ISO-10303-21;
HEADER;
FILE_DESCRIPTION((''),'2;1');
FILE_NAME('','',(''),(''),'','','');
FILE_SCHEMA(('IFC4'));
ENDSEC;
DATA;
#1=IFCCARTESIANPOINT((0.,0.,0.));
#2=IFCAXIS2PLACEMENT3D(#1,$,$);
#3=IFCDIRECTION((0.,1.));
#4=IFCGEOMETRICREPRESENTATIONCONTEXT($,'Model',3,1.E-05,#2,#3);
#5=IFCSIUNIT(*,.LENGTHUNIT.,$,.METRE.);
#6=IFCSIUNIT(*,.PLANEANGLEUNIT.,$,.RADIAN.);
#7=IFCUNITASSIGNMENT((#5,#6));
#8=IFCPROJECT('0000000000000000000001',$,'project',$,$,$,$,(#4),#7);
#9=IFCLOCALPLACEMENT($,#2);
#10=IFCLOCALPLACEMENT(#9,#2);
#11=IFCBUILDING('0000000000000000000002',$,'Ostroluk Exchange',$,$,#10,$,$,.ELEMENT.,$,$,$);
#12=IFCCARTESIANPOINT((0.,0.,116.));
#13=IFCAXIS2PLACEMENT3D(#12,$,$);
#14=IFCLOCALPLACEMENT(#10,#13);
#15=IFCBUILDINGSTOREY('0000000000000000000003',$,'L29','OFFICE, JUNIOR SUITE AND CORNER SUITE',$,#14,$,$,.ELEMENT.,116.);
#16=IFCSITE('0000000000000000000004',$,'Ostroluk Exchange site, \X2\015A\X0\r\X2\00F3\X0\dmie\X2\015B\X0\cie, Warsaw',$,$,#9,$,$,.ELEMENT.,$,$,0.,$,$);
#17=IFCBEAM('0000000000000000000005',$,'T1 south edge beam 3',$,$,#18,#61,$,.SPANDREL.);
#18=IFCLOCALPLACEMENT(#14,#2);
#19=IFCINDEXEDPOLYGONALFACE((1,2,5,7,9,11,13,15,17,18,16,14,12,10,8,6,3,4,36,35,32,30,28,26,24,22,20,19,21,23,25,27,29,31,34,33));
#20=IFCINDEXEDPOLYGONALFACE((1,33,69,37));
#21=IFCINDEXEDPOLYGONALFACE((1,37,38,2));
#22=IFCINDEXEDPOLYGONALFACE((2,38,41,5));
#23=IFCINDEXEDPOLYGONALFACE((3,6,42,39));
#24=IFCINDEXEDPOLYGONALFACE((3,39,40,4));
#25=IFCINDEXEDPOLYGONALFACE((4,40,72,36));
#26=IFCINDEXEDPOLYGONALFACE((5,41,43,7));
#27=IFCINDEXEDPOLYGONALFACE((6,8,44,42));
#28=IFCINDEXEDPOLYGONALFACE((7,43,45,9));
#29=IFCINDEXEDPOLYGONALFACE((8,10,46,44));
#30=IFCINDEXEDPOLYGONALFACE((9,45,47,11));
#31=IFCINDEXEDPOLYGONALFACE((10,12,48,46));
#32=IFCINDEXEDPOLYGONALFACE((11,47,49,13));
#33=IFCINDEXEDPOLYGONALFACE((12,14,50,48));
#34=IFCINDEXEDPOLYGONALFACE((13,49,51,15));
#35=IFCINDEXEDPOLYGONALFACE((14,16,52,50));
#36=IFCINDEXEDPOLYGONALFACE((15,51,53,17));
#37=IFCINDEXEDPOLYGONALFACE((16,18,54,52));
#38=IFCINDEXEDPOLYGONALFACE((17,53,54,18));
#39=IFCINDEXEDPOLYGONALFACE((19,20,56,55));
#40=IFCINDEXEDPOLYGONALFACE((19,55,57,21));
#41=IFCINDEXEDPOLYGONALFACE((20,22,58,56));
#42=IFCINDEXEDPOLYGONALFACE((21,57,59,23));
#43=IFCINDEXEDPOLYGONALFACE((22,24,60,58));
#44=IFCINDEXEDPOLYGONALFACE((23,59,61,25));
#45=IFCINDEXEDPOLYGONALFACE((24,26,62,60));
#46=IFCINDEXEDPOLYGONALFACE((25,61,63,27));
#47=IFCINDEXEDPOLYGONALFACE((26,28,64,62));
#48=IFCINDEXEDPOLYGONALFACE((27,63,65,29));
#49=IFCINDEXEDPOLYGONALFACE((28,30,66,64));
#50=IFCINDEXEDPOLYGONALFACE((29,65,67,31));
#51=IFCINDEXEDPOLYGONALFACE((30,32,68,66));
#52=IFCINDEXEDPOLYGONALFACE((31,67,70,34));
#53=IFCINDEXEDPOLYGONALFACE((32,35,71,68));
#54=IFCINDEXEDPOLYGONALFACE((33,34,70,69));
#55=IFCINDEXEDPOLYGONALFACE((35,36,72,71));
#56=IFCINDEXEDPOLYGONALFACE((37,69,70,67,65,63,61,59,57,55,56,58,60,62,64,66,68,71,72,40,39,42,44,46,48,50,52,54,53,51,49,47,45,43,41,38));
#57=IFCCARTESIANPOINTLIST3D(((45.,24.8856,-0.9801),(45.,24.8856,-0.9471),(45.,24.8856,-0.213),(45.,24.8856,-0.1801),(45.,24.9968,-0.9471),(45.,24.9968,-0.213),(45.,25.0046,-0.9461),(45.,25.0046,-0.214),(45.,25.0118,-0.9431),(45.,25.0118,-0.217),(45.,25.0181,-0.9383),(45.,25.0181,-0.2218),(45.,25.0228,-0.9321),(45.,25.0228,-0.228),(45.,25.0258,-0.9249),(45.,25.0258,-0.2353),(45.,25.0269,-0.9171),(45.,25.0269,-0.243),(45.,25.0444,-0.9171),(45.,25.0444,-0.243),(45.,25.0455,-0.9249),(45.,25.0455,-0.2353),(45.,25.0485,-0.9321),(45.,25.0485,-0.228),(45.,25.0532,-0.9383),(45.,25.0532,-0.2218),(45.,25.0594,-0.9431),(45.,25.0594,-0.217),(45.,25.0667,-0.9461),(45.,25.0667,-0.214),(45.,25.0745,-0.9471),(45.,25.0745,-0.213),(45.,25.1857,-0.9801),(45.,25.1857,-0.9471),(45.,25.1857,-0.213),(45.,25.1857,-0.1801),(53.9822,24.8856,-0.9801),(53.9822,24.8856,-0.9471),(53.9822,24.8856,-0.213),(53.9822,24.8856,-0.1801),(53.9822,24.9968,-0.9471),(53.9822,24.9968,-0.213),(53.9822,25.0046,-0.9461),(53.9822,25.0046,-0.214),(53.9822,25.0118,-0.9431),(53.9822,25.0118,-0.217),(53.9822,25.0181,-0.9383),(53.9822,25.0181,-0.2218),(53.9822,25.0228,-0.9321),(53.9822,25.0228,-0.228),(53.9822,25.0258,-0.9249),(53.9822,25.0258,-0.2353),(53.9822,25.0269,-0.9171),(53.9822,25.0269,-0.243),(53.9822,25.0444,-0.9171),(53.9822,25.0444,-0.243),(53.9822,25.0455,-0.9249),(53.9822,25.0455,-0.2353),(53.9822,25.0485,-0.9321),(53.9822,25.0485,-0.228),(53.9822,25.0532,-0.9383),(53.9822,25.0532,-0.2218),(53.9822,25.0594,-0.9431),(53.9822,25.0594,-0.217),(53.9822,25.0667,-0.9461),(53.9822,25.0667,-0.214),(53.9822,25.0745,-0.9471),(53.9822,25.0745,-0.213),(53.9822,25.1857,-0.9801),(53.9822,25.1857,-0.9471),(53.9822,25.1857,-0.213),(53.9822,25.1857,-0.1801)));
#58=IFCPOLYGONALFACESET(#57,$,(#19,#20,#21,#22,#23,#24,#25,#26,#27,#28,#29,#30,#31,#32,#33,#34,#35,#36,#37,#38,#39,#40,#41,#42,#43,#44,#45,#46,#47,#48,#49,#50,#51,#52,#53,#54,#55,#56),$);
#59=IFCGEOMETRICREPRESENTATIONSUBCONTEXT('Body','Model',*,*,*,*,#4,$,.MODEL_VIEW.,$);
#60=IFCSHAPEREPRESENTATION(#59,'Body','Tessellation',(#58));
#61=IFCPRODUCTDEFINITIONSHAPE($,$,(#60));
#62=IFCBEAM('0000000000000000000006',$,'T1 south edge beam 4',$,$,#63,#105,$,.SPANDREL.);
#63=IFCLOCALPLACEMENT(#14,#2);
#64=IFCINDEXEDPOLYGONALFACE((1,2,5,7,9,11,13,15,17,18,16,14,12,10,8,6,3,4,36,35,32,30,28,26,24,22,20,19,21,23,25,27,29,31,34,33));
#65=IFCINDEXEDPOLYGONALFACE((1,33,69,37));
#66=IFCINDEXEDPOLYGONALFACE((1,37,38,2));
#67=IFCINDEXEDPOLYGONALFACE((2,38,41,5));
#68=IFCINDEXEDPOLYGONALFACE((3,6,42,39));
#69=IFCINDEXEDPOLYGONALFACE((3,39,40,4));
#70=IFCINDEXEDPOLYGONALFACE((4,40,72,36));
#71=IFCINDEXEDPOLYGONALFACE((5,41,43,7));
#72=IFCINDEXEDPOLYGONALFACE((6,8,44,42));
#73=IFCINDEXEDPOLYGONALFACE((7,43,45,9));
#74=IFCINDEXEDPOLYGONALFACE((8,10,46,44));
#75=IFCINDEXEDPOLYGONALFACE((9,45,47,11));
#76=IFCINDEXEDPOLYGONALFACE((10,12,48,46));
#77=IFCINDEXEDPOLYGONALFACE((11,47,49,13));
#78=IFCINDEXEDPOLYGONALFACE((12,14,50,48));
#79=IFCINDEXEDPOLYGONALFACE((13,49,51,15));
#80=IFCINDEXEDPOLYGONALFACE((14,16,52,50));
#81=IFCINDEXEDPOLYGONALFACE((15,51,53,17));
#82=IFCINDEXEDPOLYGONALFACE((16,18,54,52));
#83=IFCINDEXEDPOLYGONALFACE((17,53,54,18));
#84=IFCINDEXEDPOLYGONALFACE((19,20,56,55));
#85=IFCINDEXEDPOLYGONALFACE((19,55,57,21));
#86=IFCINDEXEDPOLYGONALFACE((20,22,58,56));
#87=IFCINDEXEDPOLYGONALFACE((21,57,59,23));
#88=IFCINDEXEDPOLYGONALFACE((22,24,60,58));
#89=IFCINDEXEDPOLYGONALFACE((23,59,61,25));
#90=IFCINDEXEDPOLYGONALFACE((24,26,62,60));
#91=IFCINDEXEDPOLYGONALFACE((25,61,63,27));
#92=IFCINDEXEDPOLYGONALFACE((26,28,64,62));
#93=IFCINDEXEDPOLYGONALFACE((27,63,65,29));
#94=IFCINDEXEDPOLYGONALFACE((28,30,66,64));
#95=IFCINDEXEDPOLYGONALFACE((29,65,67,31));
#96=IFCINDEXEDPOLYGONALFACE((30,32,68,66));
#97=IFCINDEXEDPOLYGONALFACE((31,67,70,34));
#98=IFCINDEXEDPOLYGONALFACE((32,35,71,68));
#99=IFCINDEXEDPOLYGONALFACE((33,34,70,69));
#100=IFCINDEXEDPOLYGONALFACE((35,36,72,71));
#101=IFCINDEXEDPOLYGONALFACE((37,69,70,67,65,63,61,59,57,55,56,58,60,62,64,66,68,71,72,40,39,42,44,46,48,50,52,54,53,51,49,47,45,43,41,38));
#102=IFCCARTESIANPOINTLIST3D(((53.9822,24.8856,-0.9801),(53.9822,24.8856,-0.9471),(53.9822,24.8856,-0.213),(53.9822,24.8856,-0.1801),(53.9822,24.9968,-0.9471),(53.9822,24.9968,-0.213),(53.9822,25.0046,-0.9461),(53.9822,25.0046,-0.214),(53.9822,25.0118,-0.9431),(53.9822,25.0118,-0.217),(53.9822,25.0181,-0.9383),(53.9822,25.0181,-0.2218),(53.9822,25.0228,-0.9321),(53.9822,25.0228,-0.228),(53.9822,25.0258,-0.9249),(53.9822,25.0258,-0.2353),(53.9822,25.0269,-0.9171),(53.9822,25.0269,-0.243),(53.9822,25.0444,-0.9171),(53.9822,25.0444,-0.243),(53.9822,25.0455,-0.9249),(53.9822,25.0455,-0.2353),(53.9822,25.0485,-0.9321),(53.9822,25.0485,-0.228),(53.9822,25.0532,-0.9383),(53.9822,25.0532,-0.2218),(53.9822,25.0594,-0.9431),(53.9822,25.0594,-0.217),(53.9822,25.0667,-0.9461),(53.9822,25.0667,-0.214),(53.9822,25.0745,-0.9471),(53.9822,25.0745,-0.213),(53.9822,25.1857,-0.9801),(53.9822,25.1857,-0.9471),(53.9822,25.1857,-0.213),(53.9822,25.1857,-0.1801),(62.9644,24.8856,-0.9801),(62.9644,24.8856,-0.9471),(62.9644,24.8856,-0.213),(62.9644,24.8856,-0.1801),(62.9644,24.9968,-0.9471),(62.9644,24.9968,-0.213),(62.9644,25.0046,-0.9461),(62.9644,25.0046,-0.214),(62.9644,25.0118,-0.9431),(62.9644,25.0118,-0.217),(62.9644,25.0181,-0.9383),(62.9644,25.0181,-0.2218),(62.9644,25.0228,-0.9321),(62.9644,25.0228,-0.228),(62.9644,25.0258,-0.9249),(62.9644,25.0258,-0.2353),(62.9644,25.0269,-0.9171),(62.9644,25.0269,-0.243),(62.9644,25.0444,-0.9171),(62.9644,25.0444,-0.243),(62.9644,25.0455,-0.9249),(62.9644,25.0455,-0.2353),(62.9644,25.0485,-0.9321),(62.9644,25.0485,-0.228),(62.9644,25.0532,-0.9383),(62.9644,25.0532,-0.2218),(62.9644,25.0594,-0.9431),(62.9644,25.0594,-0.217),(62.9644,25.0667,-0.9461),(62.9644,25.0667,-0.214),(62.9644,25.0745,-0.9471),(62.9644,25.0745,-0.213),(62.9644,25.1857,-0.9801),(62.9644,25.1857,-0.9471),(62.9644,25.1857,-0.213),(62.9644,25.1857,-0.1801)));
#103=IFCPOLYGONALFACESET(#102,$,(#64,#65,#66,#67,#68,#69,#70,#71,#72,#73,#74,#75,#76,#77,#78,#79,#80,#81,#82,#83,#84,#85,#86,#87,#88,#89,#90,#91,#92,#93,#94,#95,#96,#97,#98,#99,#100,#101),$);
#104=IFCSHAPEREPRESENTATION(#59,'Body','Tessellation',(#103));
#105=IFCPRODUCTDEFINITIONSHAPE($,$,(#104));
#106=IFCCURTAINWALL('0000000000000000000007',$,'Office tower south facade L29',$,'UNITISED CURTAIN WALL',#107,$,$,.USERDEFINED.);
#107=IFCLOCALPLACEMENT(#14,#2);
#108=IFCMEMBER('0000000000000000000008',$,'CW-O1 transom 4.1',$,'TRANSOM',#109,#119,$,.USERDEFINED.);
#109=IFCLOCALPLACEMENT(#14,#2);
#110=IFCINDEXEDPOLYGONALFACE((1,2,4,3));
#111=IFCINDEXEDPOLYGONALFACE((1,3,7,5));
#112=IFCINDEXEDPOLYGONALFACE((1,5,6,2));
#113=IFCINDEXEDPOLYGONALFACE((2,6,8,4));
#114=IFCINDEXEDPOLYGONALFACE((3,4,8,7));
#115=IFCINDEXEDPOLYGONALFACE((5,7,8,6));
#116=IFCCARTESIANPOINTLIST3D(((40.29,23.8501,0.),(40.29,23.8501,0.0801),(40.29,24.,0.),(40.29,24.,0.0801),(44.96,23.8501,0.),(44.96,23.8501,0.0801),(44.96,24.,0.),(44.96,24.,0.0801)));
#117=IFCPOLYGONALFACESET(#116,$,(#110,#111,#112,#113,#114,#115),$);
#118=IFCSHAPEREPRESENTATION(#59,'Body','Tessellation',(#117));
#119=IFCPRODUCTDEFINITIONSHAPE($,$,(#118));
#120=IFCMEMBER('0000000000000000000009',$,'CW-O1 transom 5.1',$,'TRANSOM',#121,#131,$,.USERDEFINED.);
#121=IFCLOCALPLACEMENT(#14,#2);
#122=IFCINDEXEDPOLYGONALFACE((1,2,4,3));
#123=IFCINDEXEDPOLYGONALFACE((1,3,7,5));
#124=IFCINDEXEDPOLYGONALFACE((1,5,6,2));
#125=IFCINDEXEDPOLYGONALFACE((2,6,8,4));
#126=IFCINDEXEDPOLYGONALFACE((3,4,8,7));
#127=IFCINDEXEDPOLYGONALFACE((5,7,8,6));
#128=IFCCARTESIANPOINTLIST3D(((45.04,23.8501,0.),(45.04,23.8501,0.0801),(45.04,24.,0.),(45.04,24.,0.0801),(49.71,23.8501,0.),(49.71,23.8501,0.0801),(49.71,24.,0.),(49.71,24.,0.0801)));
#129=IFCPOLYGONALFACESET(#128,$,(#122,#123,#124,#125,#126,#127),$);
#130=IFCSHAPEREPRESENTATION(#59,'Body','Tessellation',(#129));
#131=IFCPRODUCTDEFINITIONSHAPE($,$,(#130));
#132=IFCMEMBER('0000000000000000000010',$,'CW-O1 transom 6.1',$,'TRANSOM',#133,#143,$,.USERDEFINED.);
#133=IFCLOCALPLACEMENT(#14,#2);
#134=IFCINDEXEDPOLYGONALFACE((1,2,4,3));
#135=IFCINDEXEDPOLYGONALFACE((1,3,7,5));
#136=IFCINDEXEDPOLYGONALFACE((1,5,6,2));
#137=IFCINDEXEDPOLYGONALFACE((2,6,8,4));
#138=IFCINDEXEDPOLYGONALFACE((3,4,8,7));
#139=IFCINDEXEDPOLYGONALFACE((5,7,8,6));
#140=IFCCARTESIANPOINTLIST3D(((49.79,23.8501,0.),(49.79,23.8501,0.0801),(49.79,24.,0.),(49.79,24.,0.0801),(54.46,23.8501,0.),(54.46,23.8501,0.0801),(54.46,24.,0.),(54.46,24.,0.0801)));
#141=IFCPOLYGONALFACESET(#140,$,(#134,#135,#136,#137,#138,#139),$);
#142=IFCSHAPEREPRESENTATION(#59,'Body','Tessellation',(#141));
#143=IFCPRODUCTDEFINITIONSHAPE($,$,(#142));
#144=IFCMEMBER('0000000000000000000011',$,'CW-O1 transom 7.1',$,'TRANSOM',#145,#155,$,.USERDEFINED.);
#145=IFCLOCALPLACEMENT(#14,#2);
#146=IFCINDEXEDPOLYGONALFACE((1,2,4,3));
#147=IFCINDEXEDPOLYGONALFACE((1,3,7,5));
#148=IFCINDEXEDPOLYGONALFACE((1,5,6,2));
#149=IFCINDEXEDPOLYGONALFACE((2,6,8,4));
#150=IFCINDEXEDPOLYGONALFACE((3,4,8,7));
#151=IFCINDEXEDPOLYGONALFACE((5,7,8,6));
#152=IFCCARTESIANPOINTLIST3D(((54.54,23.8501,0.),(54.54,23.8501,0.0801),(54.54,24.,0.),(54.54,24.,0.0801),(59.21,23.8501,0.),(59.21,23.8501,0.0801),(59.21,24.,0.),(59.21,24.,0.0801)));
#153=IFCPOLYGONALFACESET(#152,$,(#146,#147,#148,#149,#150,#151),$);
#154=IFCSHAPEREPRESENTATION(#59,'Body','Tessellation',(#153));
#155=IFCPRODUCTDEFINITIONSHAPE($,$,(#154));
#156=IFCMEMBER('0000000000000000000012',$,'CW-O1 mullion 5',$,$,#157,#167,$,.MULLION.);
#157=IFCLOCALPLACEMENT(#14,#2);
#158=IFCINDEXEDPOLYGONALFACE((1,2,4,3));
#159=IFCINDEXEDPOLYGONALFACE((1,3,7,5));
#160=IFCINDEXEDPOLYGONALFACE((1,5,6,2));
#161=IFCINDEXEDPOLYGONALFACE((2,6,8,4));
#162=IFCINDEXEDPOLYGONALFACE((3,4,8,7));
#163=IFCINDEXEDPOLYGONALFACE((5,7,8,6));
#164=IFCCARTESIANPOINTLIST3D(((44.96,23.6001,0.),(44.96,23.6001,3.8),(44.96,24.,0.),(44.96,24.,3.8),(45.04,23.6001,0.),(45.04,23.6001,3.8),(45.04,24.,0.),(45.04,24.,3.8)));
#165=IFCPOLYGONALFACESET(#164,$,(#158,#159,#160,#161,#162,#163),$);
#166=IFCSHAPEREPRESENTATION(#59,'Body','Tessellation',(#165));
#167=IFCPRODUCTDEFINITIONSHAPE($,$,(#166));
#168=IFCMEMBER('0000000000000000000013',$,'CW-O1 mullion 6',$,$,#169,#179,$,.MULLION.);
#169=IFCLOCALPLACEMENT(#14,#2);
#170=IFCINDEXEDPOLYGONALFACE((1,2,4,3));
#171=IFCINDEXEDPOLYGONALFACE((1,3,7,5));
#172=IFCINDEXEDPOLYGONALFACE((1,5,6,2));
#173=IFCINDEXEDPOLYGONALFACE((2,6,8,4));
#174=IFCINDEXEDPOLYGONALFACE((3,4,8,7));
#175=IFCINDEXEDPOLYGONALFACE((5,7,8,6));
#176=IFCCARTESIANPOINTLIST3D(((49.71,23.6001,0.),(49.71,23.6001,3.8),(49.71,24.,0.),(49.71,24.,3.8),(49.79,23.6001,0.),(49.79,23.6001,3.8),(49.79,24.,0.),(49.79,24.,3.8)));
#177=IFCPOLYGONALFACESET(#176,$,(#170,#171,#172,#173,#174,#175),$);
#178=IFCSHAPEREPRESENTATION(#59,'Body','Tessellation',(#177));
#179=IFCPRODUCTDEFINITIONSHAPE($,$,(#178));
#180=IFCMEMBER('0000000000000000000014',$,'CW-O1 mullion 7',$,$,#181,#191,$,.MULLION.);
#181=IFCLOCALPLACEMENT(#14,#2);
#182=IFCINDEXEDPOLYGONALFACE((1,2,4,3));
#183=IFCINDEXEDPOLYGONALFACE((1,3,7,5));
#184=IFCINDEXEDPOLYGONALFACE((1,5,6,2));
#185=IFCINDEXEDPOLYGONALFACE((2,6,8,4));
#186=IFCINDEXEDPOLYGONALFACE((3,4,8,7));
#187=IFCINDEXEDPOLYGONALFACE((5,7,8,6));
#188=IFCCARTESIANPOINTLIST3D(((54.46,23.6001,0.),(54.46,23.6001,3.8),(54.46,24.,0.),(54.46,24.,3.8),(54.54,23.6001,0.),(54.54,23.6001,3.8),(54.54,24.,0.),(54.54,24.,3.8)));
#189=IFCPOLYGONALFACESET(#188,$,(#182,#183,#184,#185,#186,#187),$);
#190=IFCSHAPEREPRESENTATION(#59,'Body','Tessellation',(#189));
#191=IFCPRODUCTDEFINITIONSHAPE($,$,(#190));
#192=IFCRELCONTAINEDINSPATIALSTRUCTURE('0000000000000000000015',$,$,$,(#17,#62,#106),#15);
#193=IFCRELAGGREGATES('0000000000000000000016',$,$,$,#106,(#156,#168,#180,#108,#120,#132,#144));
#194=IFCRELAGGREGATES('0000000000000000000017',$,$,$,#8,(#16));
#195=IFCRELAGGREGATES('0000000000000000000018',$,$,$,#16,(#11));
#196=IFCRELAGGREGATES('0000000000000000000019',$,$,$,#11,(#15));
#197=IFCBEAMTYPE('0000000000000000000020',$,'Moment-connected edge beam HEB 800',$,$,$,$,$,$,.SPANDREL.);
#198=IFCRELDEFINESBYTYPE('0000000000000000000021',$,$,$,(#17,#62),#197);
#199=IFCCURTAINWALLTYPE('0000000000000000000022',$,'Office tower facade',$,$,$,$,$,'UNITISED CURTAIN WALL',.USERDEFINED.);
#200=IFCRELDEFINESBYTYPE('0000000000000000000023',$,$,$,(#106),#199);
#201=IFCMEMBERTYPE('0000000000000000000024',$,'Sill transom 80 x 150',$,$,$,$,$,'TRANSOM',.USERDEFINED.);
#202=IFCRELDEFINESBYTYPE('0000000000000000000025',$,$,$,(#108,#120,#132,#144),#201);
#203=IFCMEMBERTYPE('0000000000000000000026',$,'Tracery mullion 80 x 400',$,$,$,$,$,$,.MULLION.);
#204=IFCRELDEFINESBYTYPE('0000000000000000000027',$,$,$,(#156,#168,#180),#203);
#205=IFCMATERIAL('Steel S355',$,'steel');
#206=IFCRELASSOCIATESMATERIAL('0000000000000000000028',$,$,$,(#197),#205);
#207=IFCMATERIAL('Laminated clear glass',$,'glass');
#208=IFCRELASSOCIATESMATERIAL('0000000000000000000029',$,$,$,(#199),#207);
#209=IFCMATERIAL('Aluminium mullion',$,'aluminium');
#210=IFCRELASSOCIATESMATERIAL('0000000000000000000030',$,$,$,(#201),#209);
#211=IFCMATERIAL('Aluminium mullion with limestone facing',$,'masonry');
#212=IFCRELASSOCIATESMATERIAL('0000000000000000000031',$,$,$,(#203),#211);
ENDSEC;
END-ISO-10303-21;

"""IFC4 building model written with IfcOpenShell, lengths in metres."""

from ifc_helpers import new_model, si_unit, direction, frame, origin, origin_2d, place, context, subcontext, project, spatial, rectangle, i_section, extrude, material, material_profile, profile_set, type_object, element, aggregate, save


model = new_model("IFC4")

# Units and contexts
model_context = context("Model", 3, precision=1e-05, world=origin(), true_north=direction((0.0, 1.0)))
body_context = subcontext(model_context, "Body", "Model", "MODEL_VIEW")
ifc_project = project(units=[si_unit("LENGTHUNIT", "METRE"), si_unit("PLANEANGLEUNIT", "RADIAN")], contexts=[model_context])

# Site, building, storey
site_placement = place(None, origin())
site = spatial("IfcSite", under=ifc_project, at=site_placement, Name="Ostroluk Exchange site, Śródmieście, Warsaw", CompositionType="ELEMENT", RefElevation=0.0)
building_placement = place(site_placement, origin())
building = spatial("IfcBuilding", under=site, at=building_placement, Name="Ostroluk Exchange", CompositionType="ELEMENT")
storey_placement = place(building_placement, frame((0.0, 0.0, 116.0)))
storey = spatial("IfcBuildingStorey", under=building, at=storey_placement, Name="L29", Description="OFFICE, JUNIOR SUITE AND CORNER SUITE", CompositionType="ELEMENT", Elevation=116.0)

# Beams
ifc_material_1 = material(Name="Steel S355", Category="steel")
ifc_material_profile_1 = material_profile(ifc_material_1, i_section(OverallWidth=0.3, OverallDepth=0.8, WebThickness=0.0176, FlangeThickness=0.033, FilletRadius=0.03, at=origin_2d()), Name="HEB 800")
ifc_profile_set_1 = profile_set([ifc_material_profile_1], Name="Steel S355")
beam_type = type_object("IfcBeamType", Name="Moment-connected edge beam HEB 800", PredefinedType="SPANDREL", material=ifc_profile_set_1)
for number, where, z_axis, x_axis, name in (
    (1, (45.0, 25.0356, -0.5801), (1.0, 0.0, 0.0), (0.0, 1.0, 0.0), "T1 south edge beam 3"),
    (2, (53.9822, 25.0356, -0.5801), (1.0, 0.0, 0.0), (0.0, 1.0, 0.0), "T1 south edge beam 4"),
):
    element("IfcBeam", number, at=place(storey_placement, frame(where, z_axis=z_axis, x_axis=x_axis)), inside=storey, type_object=beam_type, Name=name, PredefinedType="SPANDREL", context=body_context, shape_type="SweptSolid", body=[
        extrude(i_section(OverallWidth=0.3, OverallDepth=0.8, WebThickness=0.0176, FlangeThickness=0.033, FilletRadius=0.03, at=origin_2d()), origin(), (0.0, 0.0, 1.0), 8.9822),
    ])

# Curtain wall, members
ifc_material_2 = material(Name="Laminated clear glass", Category="glass")
curtain_wall_type = type_object("IfcCurtainWallType", Name="Office tower facade", ElementType="UNITISED CURTAIN WALL", PredefinedType="USERDEFINED", material=ifc_material_2)
curtain_wall_placement = place(storey_placement, origin())
curtain_wall = element("IfcCurtainWall", 3, at=curtain_wall_placement, inside=storey, type_object=curtain_wall_type, Name="Office tower south facade L29", ObjectType="UNITISED CURTAIN WALL", PredefinedType="USERDEFINED")
ifc_material_3 = material(Name="Aluminium mullion", Category="aluminium")
ifc_material_profile_2 = material_profile(ifc_material_3, rectangle(XDim=0.1499, YDim=0.0801, at=origin_2d()), Name="Sill transom 80 x 150")
ifc_profile_set_2 = profile_set([ifc_material_profile_2], Name="Aluminium mullion")
member_type_1 = type_object("IfcMemberType", Name="Sill transom 80 x 150", ElementType="TRANSOM", PredefinedType="USERDEFINED", material=ifc_profile_set_2)
member_1_placement = place(storey_placement, frame((40.29, 23.925, 0.04), z_axis=(1.0, 0.0, 0.0), x_axis=(0.0, 1.0, 0.0)))
member_1 = element("IfcMember", 4, at=member_1_placement, type_object=member_type_1, Name="CW-O1 transom 4.1", ObjectType="TRANSOM", PredefinedType="USERDEFINED", context=body_context, shape_type="SweptSolid", body=[
    extrude(rectangle(XDim=0.1499, YDim=0.0801, at=origin_2d()), origin(), (0.0, 0.0, 1.0), 4.6699),
])
member_2_placement = place(storey_placement, frame((45.04, 23.925, 0.04), z_axis=(1.0, 0.0, 0.0), x_axis=(0.0, 1.0, 0.0)))
member_2 = element("IfcMember", 5, at=member_2_placement, type_object=member_type_1, Name="CW-O1 transom 5.1", ObjectType="TRANSOM", PredefinedType="USERDEFINED", context=body_context, shape_type="SweptSolid", body=[
    extrude(rectangle(XDim=0.1499, YDim=0.0801, at=origin_2d()), origin(), (0.0, 0.0, 1.0), 4.6699),
])
member_3_placement = place(storey_placement, frame((49.79, 23.925, 0.04), z_axis=(1.0, 0.0, 0.0), x_axis=(0.0, 1.0, 0.0)))
member_3 = element("IfcMember", 6, at=member_3_placement, type_object=member_type_1, Name="CW-O1 transom 6.1", ObjectType="TRANSOM", PredefinedType="USERDEFINED", context=body_context, shape_type="SweptSolid", body=[
    extrude(rectangle(XDim=0.1499, YDim=0.0801, at=origin_2d()), origin(), (0.0, 0.0, 1.0), 4.6699),
])
member_4_placement = place(storey_placement, frame((54.54, 23.925, 0.04), z_axis=(1.0, 0.0, 0.0), x_axis=(0.0, 1.0, 0.0)))
member_4 = element("IfcMember", 7, at=member_4_placement, type_object=member_type_1, Name="CW-O1 transom 7.1", ObjectType="TRANSOM", PredefinedType="USERDEFINED", context=body_context, shape_type="SweptSolid", body=[
    extrude(rectangle(XDim=0.1499, YDim=0.0801, at=origin_2d()), origin(), (0.0, 0.0, 1.0), 4.6699),
])
ifc_material_4 = material(Name="Aluminium mullion with limestone facing", Category="masonry")
ifc_material_profile_3 = material_profile(ifc_material_4, rectangle(XDim=0.3999, YDim=0.0801, at=origin_2d()), Name="Tracery mullion 80 x 400")
ifc_profile_set_3 = profile_set([ifc_material_profile_3], Name="Aluminium mullion with limestone facing")
member_type_2 = type_object("IfcMemberType", Name="Tracery mullion 80 x 400", PredefinedType="MULLION", material=ifc_profile_set_3)
member_5_placement = place(storey_placement, frame((45.0, 23.8, 0.0), z_axis=(0.0, 0.0, 1.0), x_axis=(0.0, 1.0, 0.0)))
member_5 = element("IfcMember", 8, at=member_5_placement, type_object=member_type_2, Name="CW-O1 mullion 5", PredefinedType="MULLION", context=body_context, shape_type="SweptSolid", body=[
    extrude(rectangle(XDim=0.3999, YDim=0.0801, at=origin_2d()), origin(), (0.0, 0.0, 1.0), 3.8),
])
member_6_placement = place(storey_placement, frame((49.75, 23.8, 0.0), z_axis=(0.0, 0.0, 1.0), x_axis=(0.0, 1.0, 0.0)))
member_6 = element("IfcMember", 9, at=member_6_placement, type_object=member_type_2, Name="CW-O1 mullion 6", PredefinedType="MULLION", context=body_context, shape_type="SweptSolid", body=[
    extrude(rectangle(XDim=0.3999, YDim=0.0801, at=origin_2d()), origin(), (0.0, 0.0, 1.0), 3.8),
])
member_7_placement = place(storey_placement, frame((54.5, 23.8, 0.0), z_axis=(0.0, 0.0, 1.0), x_axis=(0.0, 1.0, 0.0)))
member_7 = element("IfcMember", 10, at=member_7_placement, type_object=member_type_2, Name="CW-O1 mullion 7", PredefinedType="MULLION", context=body_context, shape_type="SweptSolid", body=[
    extrude(rectangle(XDim=0.3999, YDim=0.0801, at=origin_2d()), origin(), (0.0, 0.0, 1.0), 3.8),
])
aggregate(curtain_wall, [member_5, member_6, member_7, member_1, member_2, member_3, member_4])

save(model, "model.ifc")
